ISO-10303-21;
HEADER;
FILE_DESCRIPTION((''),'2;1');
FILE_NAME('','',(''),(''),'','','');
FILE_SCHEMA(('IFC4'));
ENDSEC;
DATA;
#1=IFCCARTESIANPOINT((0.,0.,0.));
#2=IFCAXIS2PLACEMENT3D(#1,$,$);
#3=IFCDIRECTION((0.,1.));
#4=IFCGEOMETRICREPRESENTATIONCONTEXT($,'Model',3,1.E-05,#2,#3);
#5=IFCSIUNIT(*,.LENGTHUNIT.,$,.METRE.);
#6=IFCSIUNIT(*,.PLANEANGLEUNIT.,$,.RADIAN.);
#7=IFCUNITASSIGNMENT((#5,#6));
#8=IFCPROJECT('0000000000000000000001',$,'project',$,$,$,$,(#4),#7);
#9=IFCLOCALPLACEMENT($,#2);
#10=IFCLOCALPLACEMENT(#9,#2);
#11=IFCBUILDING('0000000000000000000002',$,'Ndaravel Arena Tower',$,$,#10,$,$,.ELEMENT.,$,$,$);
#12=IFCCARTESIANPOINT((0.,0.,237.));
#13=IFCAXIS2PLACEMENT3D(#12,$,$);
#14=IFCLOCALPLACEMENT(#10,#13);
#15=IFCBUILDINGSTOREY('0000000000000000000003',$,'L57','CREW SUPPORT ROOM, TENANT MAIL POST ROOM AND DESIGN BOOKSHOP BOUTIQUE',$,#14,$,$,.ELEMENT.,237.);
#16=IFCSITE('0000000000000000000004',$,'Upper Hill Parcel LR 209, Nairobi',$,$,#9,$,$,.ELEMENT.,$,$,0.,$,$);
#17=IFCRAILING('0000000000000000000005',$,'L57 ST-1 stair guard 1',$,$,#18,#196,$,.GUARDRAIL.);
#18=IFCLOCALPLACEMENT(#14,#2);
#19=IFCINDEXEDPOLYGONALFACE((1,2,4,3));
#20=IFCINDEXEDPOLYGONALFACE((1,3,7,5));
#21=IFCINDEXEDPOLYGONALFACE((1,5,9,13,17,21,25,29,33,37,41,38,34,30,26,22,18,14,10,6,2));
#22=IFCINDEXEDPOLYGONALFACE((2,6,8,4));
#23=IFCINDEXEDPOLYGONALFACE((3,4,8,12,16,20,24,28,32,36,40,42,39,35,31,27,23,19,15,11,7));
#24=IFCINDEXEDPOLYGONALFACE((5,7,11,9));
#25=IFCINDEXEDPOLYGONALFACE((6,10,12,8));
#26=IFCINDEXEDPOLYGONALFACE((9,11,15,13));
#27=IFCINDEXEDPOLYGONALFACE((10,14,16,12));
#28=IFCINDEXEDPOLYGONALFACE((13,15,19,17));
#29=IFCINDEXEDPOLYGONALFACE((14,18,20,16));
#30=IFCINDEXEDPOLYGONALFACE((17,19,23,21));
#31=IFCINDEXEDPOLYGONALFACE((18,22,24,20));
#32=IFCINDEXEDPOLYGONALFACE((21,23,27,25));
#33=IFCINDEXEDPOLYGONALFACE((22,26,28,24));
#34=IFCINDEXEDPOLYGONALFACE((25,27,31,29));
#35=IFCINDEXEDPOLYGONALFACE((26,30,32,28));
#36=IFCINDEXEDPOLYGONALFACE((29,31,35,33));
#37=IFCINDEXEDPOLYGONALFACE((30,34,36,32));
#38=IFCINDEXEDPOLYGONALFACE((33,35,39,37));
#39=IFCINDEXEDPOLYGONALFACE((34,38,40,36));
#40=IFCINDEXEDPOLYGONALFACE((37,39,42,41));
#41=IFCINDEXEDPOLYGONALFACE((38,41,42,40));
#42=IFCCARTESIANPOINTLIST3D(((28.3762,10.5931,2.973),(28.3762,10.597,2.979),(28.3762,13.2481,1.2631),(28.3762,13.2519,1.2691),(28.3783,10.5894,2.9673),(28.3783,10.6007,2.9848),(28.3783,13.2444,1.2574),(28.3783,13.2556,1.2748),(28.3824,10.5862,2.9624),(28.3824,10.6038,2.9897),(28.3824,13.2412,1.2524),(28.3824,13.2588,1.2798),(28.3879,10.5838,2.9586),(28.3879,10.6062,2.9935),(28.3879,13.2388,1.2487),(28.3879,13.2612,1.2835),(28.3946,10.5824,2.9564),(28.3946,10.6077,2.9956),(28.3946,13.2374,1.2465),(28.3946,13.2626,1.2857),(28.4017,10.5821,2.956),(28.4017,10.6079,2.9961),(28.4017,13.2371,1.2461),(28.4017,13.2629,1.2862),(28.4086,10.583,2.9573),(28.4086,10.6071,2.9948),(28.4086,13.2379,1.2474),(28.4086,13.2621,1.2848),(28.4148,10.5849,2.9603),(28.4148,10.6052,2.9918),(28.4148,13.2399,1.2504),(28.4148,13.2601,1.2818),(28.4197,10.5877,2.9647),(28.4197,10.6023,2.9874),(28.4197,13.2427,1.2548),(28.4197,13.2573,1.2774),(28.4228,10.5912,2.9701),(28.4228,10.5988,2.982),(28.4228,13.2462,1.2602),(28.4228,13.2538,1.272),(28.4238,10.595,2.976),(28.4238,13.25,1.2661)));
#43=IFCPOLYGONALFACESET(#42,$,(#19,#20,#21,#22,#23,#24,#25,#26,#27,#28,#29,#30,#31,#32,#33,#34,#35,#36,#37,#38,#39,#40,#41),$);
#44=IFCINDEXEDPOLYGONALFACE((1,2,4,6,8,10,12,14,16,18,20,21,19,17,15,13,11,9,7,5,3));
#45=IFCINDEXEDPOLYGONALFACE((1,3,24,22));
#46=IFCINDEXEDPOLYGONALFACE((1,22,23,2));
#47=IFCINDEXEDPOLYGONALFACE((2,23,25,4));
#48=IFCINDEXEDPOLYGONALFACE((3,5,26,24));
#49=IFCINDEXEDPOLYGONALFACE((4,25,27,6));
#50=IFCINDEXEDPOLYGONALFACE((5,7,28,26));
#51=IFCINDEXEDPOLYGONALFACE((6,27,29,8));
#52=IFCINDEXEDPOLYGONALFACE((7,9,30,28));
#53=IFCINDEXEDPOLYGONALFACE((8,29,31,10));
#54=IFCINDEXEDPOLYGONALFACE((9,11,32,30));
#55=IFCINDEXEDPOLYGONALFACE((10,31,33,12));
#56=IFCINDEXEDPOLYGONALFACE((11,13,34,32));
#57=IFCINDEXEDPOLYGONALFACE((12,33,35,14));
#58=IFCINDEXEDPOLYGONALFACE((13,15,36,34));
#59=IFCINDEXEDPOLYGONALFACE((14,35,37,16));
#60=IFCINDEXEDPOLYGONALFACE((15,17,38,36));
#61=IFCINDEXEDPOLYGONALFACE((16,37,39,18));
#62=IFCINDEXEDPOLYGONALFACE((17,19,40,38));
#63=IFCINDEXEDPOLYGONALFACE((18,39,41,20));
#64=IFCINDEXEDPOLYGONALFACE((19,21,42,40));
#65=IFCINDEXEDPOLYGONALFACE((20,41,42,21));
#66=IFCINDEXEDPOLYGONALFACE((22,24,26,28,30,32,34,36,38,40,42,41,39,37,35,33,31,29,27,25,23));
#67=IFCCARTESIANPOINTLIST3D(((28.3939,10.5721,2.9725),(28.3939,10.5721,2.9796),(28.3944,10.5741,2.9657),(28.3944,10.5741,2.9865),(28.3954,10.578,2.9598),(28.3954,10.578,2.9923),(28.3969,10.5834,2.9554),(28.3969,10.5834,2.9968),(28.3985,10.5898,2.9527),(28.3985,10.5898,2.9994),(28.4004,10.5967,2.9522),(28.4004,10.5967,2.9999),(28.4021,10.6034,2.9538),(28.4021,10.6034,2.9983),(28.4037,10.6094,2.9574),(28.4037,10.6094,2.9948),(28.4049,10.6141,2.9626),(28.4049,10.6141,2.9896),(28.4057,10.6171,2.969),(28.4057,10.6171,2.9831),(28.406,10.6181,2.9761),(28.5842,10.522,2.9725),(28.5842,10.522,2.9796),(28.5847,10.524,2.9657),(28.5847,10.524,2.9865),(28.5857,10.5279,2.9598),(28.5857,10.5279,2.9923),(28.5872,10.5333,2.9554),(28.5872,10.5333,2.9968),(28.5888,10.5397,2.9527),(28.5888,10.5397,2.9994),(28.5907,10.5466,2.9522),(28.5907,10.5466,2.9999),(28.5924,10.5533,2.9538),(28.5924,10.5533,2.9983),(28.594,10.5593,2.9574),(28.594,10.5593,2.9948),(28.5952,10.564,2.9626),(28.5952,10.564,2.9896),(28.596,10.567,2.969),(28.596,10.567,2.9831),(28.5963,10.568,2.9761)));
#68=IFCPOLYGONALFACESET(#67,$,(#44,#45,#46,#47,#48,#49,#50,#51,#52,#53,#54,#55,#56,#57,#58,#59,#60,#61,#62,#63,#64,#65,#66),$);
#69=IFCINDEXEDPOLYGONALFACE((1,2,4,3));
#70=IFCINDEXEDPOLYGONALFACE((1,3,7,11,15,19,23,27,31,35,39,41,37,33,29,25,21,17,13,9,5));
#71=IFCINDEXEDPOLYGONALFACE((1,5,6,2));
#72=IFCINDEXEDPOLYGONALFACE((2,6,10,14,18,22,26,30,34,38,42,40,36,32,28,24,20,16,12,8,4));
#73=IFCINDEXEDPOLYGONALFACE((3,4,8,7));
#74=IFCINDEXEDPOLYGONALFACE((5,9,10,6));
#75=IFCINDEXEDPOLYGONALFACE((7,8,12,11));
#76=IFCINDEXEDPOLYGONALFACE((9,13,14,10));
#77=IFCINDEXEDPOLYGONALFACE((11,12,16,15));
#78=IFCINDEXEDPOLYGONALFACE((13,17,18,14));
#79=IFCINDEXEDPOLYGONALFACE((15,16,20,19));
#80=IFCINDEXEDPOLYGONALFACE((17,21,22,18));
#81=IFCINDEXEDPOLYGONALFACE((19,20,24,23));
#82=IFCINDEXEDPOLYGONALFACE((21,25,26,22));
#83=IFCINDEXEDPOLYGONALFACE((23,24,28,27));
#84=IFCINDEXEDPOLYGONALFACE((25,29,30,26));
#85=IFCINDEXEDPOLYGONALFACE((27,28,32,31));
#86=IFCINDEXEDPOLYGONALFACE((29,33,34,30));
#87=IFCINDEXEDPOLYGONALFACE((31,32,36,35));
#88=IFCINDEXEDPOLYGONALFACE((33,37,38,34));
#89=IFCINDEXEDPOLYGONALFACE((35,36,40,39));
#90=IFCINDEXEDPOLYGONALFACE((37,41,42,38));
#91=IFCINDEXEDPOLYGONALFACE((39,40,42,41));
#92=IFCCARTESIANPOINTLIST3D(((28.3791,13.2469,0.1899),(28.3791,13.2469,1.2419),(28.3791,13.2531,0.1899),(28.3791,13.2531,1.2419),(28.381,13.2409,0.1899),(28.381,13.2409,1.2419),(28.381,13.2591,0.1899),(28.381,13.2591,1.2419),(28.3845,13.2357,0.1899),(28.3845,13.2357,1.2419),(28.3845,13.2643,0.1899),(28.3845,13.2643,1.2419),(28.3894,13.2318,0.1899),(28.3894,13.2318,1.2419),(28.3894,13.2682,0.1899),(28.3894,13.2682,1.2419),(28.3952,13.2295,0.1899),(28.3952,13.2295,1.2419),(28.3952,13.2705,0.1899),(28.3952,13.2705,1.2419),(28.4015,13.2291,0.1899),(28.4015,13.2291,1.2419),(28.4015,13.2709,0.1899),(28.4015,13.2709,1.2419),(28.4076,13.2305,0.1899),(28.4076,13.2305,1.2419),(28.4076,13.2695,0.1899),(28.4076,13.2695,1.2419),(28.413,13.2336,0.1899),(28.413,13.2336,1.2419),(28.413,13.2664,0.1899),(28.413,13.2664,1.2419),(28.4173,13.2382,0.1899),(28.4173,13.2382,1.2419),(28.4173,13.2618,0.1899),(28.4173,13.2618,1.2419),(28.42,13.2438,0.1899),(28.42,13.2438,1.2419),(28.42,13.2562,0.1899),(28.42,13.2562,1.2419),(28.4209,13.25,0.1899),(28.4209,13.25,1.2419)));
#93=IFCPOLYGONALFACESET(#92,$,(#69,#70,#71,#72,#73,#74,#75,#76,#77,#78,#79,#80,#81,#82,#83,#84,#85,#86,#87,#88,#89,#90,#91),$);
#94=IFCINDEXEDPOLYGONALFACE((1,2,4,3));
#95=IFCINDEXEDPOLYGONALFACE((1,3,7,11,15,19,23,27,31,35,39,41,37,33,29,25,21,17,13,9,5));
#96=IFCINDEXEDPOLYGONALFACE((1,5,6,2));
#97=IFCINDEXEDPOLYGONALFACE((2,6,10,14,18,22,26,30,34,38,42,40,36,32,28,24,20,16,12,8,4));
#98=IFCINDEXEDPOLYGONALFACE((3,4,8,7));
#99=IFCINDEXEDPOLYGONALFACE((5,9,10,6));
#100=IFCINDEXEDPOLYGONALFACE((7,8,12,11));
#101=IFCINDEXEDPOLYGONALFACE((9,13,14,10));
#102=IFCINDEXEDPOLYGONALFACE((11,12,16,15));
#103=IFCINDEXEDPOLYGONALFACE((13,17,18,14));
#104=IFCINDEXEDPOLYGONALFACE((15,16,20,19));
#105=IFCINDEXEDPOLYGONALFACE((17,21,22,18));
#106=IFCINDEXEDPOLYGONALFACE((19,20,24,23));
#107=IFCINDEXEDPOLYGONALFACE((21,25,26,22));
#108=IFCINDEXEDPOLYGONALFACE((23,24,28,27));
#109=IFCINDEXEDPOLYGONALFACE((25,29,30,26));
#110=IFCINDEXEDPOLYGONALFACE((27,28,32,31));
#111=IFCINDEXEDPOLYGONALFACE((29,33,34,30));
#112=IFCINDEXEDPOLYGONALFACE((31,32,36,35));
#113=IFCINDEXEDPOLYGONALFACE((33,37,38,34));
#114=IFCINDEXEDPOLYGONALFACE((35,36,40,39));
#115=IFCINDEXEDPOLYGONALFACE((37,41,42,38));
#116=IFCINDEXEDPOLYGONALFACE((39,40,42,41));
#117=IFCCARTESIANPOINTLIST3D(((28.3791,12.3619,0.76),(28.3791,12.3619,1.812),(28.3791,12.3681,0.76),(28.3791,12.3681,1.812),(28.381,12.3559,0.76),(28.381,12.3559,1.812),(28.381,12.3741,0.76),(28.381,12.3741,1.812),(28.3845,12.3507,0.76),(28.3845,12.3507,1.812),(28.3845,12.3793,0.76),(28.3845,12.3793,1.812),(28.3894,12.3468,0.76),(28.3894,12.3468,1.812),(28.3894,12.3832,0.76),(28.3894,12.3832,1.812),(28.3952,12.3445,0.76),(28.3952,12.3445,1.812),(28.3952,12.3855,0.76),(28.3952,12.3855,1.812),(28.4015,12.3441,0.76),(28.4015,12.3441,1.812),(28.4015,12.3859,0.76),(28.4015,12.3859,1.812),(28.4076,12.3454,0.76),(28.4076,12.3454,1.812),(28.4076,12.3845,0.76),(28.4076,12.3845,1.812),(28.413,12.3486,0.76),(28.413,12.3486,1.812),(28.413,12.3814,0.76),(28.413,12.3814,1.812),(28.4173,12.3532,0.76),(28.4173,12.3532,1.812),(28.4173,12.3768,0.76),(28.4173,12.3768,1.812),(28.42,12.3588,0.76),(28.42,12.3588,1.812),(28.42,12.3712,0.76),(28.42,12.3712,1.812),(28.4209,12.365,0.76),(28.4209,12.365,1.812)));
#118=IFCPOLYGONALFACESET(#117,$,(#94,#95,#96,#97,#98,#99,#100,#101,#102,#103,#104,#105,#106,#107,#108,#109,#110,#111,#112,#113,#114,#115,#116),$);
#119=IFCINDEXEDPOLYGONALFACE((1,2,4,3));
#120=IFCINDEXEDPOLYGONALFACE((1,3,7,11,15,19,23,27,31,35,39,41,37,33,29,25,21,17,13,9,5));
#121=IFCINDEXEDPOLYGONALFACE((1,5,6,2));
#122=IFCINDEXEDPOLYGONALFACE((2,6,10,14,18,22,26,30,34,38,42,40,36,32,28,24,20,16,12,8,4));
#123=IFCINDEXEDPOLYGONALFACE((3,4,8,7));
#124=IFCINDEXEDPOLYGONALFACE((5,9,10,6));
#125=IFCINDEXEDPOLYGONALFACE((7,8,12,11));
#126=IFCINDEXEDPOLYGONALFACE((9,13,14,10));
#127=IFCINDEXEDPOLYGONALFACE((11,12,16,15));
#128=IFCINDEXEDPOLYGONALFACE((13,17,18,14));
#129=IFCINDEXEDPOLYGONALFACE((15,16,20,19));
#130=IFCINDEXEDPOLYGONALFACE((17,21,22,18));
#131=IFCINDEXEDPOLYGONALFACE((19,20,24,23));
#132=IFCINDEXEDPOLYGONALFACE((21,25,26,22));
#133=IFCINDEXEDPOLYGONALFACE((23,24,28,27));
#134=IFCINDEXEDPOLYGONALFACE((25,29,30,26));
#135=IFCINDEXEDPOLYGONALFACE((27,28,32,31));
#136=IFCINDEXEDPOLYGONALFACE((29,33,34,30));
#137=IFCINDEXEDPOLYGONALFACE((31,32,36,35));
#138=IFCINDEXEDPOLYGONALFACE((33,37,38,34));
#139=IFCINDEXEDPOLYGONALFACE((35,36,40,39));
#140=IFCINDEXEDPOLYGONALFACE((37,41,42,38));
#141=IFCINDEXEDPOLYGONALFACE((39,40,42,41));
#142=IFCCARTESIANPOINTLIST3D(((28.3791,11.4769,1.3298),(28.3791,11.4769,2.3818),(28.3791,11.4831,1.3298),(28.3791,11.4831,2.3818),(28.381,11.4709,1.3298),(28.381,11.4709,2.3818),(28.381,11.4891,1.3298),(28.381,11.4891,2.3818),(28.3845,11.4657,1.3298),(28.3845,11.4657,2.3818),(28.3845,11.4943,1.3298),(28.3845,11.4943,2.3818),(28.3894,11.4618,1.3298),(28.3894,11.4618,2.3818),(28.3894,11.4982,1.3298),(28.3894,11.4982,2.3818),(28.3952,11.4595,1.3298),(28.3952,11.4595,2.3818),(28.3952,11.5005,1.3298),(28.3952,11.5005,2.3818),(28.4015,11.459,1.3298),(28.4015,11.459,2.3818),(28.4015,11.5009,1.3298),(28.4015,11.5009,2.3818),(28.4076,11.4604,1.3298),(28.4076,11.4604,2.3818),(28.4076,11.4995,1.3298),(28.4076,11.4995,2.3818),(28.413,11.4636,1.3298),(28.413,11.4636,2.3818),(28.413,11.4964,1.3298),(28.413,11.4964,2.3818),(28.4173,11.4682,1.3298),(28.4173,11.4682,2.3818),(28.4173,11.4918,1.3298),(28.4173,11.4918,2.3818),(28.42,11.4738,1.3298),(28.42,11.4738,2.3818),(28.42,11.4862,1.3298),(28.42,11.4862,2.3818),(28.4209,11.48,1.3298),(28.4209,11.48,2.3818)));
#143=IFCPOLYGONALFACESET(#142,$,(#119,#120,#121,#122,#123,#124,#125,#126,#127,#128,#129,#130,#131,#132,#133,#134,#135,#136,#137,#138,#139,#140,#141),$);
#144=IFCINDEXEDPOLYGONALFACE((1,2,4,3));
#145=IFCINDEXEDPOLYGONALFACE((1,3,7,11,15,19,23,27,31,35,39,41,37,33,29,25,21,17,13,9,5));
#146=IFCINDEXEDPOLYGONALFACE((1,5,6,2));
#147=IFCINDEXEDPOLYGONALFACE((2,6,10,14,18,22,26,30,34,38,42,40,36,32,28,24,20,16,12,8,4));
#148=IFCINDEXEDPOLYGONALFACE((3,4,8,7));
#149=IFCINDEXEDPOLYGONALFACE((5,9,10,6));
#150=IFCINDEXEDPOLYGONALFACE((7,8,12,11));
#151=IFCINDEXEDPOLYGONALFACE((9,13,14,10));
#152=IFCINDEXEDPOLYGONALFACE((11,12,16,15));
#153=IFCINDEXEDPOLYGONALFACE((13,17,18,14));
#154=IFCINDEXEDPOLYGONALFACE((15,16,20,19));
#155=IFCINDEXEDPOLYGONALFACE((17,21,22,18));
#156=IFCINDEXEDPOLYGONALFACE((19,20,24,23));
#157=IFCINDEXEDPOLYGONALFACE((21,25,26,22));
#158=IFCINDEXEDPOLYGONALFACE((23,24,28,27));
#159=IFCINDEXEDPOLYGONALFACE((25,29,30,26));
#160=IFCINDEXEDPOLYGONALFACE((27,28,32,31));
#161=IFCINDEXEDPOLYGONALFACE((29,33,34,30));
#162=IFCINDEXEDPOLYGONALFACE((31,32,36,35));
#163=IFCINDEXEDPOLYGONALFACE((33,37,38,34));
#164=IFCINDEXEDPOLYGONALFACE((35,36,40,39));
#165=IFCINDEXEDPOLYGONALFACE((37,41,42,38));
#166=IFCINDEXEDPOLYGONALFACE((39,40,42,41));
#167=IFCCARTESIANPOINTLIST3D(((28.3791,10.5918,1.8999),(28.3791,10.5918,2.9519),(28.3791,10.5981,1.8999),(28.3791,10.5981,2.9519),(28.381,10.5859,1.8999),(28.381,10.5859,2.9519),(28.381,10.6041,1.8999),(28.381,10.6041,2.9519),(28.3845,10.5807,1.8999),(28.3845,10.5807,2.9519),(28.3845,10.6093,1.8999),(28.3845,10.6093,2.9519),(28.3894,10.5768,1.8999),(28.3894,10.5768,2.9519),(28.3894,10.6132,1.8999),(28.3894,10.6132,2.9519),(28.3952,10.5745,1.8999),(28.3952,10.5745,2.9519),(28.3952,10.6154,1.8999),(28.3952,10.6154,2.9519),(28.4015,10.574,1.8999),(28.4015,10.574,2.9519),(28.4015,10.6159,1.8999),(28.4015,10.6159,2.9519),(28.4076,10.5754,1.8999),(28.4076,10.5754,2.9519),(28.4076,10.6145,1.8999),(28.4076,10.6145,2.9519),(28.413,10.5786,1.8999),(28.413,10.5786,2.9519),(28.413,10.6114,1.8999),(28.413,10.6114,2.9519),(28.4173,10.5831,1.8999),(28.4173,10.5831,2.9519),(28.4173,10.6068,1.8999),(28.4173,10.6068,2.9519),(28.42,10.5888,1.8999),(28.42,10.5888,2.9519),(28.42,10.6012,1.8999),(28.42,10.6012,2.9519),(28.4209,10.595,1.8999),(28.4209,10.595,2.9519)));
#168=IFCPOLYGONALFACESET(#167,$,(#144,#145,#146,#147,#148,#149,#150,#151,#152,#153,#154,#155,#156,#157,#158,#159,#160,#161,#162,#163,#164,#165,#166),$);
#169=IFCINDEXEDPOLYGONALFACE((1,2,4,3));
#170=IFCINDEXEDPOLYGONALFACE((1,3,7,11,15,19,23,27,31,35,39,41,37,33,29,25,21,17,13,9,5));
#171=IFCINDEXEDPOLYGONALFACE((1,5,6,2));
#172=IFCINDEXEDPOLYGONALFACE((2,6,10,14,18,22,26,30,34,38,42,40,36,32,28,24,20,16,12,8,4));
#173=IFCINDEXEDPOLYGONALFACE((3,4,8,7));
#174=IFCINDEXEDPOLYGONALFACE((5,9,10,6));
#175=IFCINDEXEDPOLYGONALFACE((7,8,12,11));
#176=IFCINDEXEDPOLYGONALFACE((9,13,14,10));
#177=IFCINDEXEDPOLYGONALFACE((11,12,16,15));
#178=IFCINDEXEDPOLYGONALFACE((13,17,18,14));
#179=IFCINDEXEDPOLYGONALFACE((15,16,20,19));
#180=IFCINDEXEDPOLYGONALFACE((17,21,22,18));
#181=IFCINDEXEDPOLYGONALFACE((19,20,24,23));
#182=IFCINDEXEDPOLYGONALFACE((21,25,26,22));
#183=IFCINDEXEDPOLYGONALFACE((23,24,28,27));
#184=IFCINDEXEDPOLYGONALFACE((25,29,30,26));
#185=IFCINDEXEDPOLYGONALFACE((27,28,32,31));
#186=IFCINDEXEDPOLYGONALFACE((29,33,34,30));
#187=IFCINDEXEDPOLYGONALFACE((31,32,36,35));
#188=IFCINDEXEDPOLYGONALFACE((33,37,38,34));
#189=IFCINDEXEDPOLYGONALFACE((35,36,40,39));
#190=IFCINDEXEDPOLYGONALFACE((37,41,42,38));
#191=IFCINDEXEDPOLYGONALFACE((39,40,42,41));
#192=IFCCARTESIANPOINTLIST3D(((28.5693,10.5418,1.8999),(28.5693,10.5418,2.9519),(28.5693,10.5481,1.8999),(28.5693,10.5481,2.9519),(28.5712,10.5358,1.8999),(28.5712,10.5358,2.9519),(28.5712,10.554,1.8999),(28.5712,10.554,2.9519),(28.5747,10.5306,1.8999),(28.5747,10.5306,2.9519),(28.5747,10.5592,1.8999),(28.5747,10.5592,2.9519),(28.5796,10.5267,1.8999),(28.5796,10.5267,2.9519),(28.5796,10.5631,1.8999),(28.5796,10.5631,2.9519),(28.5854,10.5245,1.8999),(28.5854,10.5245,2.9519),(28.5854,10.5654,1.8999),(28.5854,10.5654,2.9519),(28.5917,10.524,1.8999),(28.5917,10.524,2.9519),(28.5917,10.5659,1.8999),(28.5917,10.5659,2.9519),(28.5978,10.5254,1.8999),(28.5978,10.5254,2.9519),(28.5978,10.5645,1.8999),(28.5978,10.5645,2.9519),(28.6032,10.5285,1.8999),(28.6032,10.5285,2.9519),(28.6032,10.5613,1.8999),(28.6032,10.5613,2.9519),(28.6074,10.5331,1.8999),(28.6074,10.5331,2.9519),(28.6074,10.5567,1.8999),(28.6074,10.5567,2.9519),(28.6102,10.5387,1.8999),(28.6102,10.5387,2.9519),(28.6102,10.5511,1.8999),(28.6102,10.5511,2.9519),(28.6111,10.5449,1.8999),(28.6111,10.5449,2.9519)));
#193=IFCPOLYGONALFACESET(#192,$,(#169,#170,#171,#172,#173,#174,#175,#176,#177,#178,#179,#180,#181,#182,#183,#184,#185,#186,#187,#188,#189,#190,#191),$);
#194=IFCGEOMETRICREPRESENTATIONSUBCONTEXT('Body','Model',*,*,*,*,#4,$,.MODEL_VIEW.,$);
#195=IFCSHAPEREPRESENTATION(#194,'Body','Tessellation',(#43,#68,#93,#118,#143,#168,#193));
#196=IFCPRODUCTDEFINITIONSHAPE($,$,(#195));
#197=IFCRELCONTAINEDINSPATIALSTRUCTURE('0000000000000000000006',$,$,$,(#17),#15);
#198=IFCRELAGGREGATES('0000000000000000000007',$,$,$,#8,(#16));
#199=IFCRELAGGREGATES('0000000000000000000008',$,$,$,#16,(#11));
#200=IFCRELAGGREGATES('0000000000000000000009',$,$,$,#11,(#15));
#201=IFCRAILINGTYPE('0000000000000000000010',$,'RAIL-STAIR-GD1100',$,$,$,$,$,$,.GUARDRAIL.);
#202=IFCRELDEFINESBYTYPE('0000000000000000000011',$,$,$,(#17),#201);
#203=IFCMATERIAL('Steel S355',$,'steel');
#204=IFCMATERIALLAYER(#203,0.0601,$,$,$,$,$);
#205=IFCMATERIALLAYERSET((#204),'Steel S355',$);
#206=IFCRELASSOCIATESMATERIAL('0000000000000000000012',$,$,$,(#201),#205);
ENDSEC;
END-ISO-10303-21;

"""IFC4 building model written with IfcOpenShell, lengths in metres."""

from ifc_helpers import new_model, si_unit, direction, frame, origin, origin_2d, place, context, subcontext, project, spatial, circle, extrude, material, layer, layer_set, type_object, element, save


model = new_model("IFC4")

# Units and contexts
model_context = context("Model", 3, precision=1e-05, world=origin(), true_north=direction((0.0, 1.0)))
body_context = subcontext(model_context, "Body", "Model", "MODEL_VIEW")
ifc_project = project(units=[si_unit("LENGTHUNIT", "METRE"), si_unit("PLANEANGLEUNIT", "RADIAN")], contexts=[model_context])

# Site, building, storey
site_placement = place(None, origin())
site = spatial("IfcSite", under=ifc_project, at=site_placement, Name="Upper Hill Parcel LR 209, Nairobi", CompositionType="ELEMENT", RefElevation=0.0)
building_placement = place(site_placement, origin())
building = spatial("IfcBuilding", under=site, at=building_placement, Name="Ndaravel Arena Tower", CompositionType="ELEMENT")
storey_placement = place(building_placement, frame((0.0, 0.0, 237.0)))
storey = spatial("IfcBuildingStorey", under=building, at=storey_placement, Name="L57", Description="CREW SUPPORT ROOM, TENANT MAIL POST ROOM AND DESIGN BOOKSHOP BOUTIQUE", CompositionType="ELEMENT", Elevation=237.0)

# Railing
ifc_material_1 = material(Name="Steel S355", Category="steel")
ifc_layer_1 = layer(ifc_material_1, 0.0601)
ifc_layer_set_1 = layer_set([ifc_layer_1], Name="Steel S355")
railing_type_1 = type_object("IfcRailingType", Name="RAIL-STAIR-GD1100", PredefinedType="GUARDRAIL", material=ifc_layer_set_1)
railing_1_placement = place(storey_placement, frame((28.3999, 13.25, 0.1899)))
element("IfcRailing", 1, at=railing_1_placement, inside=storey, type_object=railing_type_1, Name="L57 ST-1 stair guard 1", PredefinedType="GUARDRAIL", context=body_context, shape_type="SweptSolid", body=[
    extrude(circle(Radius=0.0239, at=origin_2d()), frame((0.0, 0.0, 1.0762), z_axis=(0.0, -0.840724, 0.541465), x_axis=(1.0, 0.0, 0.0)), (0.0, 0.0, 1.0), 3.158),
    extrude(circle(Radius=0.0239, at=origin_2d()), frame((0.0, -2.655, 2.7861), z_axis=(0.967075, -0.254493, 0.0), x_axis=(0.254493, 0.967075, 0.0)), (0.0, 0.0, 1.0), 0.1968),
    extrude(circle(Radius=0.021, at=origin_2d()), origin(), (0.0, 0.0, 1.0), 1.052),
    extrude(circle(Radius=0.021, at=origin_2d()), frame((0.0, -0.885, 0.5701)), (0.0, 0.0, 1.0), 1.052),
    extrude(circle(Radius=0.021, at=origin_2d()), frame((0.0, -1.77, 1.1399)), (0.0, 0.0, 1.0), 1.052),
    extrude(circle(Radius=0.021, at=origin_2d()), frame((0.0, -2.655, 1.71)), (0.0, 0.0, 1.0), 1.052),
    extrude(circle(Radius=0.021, at=origin_2d()), frame((0.1902, -2.7051, 1.71)), (0.0, 0.0, 1.0), 1.052),
])

save(model, "model.ifc")
